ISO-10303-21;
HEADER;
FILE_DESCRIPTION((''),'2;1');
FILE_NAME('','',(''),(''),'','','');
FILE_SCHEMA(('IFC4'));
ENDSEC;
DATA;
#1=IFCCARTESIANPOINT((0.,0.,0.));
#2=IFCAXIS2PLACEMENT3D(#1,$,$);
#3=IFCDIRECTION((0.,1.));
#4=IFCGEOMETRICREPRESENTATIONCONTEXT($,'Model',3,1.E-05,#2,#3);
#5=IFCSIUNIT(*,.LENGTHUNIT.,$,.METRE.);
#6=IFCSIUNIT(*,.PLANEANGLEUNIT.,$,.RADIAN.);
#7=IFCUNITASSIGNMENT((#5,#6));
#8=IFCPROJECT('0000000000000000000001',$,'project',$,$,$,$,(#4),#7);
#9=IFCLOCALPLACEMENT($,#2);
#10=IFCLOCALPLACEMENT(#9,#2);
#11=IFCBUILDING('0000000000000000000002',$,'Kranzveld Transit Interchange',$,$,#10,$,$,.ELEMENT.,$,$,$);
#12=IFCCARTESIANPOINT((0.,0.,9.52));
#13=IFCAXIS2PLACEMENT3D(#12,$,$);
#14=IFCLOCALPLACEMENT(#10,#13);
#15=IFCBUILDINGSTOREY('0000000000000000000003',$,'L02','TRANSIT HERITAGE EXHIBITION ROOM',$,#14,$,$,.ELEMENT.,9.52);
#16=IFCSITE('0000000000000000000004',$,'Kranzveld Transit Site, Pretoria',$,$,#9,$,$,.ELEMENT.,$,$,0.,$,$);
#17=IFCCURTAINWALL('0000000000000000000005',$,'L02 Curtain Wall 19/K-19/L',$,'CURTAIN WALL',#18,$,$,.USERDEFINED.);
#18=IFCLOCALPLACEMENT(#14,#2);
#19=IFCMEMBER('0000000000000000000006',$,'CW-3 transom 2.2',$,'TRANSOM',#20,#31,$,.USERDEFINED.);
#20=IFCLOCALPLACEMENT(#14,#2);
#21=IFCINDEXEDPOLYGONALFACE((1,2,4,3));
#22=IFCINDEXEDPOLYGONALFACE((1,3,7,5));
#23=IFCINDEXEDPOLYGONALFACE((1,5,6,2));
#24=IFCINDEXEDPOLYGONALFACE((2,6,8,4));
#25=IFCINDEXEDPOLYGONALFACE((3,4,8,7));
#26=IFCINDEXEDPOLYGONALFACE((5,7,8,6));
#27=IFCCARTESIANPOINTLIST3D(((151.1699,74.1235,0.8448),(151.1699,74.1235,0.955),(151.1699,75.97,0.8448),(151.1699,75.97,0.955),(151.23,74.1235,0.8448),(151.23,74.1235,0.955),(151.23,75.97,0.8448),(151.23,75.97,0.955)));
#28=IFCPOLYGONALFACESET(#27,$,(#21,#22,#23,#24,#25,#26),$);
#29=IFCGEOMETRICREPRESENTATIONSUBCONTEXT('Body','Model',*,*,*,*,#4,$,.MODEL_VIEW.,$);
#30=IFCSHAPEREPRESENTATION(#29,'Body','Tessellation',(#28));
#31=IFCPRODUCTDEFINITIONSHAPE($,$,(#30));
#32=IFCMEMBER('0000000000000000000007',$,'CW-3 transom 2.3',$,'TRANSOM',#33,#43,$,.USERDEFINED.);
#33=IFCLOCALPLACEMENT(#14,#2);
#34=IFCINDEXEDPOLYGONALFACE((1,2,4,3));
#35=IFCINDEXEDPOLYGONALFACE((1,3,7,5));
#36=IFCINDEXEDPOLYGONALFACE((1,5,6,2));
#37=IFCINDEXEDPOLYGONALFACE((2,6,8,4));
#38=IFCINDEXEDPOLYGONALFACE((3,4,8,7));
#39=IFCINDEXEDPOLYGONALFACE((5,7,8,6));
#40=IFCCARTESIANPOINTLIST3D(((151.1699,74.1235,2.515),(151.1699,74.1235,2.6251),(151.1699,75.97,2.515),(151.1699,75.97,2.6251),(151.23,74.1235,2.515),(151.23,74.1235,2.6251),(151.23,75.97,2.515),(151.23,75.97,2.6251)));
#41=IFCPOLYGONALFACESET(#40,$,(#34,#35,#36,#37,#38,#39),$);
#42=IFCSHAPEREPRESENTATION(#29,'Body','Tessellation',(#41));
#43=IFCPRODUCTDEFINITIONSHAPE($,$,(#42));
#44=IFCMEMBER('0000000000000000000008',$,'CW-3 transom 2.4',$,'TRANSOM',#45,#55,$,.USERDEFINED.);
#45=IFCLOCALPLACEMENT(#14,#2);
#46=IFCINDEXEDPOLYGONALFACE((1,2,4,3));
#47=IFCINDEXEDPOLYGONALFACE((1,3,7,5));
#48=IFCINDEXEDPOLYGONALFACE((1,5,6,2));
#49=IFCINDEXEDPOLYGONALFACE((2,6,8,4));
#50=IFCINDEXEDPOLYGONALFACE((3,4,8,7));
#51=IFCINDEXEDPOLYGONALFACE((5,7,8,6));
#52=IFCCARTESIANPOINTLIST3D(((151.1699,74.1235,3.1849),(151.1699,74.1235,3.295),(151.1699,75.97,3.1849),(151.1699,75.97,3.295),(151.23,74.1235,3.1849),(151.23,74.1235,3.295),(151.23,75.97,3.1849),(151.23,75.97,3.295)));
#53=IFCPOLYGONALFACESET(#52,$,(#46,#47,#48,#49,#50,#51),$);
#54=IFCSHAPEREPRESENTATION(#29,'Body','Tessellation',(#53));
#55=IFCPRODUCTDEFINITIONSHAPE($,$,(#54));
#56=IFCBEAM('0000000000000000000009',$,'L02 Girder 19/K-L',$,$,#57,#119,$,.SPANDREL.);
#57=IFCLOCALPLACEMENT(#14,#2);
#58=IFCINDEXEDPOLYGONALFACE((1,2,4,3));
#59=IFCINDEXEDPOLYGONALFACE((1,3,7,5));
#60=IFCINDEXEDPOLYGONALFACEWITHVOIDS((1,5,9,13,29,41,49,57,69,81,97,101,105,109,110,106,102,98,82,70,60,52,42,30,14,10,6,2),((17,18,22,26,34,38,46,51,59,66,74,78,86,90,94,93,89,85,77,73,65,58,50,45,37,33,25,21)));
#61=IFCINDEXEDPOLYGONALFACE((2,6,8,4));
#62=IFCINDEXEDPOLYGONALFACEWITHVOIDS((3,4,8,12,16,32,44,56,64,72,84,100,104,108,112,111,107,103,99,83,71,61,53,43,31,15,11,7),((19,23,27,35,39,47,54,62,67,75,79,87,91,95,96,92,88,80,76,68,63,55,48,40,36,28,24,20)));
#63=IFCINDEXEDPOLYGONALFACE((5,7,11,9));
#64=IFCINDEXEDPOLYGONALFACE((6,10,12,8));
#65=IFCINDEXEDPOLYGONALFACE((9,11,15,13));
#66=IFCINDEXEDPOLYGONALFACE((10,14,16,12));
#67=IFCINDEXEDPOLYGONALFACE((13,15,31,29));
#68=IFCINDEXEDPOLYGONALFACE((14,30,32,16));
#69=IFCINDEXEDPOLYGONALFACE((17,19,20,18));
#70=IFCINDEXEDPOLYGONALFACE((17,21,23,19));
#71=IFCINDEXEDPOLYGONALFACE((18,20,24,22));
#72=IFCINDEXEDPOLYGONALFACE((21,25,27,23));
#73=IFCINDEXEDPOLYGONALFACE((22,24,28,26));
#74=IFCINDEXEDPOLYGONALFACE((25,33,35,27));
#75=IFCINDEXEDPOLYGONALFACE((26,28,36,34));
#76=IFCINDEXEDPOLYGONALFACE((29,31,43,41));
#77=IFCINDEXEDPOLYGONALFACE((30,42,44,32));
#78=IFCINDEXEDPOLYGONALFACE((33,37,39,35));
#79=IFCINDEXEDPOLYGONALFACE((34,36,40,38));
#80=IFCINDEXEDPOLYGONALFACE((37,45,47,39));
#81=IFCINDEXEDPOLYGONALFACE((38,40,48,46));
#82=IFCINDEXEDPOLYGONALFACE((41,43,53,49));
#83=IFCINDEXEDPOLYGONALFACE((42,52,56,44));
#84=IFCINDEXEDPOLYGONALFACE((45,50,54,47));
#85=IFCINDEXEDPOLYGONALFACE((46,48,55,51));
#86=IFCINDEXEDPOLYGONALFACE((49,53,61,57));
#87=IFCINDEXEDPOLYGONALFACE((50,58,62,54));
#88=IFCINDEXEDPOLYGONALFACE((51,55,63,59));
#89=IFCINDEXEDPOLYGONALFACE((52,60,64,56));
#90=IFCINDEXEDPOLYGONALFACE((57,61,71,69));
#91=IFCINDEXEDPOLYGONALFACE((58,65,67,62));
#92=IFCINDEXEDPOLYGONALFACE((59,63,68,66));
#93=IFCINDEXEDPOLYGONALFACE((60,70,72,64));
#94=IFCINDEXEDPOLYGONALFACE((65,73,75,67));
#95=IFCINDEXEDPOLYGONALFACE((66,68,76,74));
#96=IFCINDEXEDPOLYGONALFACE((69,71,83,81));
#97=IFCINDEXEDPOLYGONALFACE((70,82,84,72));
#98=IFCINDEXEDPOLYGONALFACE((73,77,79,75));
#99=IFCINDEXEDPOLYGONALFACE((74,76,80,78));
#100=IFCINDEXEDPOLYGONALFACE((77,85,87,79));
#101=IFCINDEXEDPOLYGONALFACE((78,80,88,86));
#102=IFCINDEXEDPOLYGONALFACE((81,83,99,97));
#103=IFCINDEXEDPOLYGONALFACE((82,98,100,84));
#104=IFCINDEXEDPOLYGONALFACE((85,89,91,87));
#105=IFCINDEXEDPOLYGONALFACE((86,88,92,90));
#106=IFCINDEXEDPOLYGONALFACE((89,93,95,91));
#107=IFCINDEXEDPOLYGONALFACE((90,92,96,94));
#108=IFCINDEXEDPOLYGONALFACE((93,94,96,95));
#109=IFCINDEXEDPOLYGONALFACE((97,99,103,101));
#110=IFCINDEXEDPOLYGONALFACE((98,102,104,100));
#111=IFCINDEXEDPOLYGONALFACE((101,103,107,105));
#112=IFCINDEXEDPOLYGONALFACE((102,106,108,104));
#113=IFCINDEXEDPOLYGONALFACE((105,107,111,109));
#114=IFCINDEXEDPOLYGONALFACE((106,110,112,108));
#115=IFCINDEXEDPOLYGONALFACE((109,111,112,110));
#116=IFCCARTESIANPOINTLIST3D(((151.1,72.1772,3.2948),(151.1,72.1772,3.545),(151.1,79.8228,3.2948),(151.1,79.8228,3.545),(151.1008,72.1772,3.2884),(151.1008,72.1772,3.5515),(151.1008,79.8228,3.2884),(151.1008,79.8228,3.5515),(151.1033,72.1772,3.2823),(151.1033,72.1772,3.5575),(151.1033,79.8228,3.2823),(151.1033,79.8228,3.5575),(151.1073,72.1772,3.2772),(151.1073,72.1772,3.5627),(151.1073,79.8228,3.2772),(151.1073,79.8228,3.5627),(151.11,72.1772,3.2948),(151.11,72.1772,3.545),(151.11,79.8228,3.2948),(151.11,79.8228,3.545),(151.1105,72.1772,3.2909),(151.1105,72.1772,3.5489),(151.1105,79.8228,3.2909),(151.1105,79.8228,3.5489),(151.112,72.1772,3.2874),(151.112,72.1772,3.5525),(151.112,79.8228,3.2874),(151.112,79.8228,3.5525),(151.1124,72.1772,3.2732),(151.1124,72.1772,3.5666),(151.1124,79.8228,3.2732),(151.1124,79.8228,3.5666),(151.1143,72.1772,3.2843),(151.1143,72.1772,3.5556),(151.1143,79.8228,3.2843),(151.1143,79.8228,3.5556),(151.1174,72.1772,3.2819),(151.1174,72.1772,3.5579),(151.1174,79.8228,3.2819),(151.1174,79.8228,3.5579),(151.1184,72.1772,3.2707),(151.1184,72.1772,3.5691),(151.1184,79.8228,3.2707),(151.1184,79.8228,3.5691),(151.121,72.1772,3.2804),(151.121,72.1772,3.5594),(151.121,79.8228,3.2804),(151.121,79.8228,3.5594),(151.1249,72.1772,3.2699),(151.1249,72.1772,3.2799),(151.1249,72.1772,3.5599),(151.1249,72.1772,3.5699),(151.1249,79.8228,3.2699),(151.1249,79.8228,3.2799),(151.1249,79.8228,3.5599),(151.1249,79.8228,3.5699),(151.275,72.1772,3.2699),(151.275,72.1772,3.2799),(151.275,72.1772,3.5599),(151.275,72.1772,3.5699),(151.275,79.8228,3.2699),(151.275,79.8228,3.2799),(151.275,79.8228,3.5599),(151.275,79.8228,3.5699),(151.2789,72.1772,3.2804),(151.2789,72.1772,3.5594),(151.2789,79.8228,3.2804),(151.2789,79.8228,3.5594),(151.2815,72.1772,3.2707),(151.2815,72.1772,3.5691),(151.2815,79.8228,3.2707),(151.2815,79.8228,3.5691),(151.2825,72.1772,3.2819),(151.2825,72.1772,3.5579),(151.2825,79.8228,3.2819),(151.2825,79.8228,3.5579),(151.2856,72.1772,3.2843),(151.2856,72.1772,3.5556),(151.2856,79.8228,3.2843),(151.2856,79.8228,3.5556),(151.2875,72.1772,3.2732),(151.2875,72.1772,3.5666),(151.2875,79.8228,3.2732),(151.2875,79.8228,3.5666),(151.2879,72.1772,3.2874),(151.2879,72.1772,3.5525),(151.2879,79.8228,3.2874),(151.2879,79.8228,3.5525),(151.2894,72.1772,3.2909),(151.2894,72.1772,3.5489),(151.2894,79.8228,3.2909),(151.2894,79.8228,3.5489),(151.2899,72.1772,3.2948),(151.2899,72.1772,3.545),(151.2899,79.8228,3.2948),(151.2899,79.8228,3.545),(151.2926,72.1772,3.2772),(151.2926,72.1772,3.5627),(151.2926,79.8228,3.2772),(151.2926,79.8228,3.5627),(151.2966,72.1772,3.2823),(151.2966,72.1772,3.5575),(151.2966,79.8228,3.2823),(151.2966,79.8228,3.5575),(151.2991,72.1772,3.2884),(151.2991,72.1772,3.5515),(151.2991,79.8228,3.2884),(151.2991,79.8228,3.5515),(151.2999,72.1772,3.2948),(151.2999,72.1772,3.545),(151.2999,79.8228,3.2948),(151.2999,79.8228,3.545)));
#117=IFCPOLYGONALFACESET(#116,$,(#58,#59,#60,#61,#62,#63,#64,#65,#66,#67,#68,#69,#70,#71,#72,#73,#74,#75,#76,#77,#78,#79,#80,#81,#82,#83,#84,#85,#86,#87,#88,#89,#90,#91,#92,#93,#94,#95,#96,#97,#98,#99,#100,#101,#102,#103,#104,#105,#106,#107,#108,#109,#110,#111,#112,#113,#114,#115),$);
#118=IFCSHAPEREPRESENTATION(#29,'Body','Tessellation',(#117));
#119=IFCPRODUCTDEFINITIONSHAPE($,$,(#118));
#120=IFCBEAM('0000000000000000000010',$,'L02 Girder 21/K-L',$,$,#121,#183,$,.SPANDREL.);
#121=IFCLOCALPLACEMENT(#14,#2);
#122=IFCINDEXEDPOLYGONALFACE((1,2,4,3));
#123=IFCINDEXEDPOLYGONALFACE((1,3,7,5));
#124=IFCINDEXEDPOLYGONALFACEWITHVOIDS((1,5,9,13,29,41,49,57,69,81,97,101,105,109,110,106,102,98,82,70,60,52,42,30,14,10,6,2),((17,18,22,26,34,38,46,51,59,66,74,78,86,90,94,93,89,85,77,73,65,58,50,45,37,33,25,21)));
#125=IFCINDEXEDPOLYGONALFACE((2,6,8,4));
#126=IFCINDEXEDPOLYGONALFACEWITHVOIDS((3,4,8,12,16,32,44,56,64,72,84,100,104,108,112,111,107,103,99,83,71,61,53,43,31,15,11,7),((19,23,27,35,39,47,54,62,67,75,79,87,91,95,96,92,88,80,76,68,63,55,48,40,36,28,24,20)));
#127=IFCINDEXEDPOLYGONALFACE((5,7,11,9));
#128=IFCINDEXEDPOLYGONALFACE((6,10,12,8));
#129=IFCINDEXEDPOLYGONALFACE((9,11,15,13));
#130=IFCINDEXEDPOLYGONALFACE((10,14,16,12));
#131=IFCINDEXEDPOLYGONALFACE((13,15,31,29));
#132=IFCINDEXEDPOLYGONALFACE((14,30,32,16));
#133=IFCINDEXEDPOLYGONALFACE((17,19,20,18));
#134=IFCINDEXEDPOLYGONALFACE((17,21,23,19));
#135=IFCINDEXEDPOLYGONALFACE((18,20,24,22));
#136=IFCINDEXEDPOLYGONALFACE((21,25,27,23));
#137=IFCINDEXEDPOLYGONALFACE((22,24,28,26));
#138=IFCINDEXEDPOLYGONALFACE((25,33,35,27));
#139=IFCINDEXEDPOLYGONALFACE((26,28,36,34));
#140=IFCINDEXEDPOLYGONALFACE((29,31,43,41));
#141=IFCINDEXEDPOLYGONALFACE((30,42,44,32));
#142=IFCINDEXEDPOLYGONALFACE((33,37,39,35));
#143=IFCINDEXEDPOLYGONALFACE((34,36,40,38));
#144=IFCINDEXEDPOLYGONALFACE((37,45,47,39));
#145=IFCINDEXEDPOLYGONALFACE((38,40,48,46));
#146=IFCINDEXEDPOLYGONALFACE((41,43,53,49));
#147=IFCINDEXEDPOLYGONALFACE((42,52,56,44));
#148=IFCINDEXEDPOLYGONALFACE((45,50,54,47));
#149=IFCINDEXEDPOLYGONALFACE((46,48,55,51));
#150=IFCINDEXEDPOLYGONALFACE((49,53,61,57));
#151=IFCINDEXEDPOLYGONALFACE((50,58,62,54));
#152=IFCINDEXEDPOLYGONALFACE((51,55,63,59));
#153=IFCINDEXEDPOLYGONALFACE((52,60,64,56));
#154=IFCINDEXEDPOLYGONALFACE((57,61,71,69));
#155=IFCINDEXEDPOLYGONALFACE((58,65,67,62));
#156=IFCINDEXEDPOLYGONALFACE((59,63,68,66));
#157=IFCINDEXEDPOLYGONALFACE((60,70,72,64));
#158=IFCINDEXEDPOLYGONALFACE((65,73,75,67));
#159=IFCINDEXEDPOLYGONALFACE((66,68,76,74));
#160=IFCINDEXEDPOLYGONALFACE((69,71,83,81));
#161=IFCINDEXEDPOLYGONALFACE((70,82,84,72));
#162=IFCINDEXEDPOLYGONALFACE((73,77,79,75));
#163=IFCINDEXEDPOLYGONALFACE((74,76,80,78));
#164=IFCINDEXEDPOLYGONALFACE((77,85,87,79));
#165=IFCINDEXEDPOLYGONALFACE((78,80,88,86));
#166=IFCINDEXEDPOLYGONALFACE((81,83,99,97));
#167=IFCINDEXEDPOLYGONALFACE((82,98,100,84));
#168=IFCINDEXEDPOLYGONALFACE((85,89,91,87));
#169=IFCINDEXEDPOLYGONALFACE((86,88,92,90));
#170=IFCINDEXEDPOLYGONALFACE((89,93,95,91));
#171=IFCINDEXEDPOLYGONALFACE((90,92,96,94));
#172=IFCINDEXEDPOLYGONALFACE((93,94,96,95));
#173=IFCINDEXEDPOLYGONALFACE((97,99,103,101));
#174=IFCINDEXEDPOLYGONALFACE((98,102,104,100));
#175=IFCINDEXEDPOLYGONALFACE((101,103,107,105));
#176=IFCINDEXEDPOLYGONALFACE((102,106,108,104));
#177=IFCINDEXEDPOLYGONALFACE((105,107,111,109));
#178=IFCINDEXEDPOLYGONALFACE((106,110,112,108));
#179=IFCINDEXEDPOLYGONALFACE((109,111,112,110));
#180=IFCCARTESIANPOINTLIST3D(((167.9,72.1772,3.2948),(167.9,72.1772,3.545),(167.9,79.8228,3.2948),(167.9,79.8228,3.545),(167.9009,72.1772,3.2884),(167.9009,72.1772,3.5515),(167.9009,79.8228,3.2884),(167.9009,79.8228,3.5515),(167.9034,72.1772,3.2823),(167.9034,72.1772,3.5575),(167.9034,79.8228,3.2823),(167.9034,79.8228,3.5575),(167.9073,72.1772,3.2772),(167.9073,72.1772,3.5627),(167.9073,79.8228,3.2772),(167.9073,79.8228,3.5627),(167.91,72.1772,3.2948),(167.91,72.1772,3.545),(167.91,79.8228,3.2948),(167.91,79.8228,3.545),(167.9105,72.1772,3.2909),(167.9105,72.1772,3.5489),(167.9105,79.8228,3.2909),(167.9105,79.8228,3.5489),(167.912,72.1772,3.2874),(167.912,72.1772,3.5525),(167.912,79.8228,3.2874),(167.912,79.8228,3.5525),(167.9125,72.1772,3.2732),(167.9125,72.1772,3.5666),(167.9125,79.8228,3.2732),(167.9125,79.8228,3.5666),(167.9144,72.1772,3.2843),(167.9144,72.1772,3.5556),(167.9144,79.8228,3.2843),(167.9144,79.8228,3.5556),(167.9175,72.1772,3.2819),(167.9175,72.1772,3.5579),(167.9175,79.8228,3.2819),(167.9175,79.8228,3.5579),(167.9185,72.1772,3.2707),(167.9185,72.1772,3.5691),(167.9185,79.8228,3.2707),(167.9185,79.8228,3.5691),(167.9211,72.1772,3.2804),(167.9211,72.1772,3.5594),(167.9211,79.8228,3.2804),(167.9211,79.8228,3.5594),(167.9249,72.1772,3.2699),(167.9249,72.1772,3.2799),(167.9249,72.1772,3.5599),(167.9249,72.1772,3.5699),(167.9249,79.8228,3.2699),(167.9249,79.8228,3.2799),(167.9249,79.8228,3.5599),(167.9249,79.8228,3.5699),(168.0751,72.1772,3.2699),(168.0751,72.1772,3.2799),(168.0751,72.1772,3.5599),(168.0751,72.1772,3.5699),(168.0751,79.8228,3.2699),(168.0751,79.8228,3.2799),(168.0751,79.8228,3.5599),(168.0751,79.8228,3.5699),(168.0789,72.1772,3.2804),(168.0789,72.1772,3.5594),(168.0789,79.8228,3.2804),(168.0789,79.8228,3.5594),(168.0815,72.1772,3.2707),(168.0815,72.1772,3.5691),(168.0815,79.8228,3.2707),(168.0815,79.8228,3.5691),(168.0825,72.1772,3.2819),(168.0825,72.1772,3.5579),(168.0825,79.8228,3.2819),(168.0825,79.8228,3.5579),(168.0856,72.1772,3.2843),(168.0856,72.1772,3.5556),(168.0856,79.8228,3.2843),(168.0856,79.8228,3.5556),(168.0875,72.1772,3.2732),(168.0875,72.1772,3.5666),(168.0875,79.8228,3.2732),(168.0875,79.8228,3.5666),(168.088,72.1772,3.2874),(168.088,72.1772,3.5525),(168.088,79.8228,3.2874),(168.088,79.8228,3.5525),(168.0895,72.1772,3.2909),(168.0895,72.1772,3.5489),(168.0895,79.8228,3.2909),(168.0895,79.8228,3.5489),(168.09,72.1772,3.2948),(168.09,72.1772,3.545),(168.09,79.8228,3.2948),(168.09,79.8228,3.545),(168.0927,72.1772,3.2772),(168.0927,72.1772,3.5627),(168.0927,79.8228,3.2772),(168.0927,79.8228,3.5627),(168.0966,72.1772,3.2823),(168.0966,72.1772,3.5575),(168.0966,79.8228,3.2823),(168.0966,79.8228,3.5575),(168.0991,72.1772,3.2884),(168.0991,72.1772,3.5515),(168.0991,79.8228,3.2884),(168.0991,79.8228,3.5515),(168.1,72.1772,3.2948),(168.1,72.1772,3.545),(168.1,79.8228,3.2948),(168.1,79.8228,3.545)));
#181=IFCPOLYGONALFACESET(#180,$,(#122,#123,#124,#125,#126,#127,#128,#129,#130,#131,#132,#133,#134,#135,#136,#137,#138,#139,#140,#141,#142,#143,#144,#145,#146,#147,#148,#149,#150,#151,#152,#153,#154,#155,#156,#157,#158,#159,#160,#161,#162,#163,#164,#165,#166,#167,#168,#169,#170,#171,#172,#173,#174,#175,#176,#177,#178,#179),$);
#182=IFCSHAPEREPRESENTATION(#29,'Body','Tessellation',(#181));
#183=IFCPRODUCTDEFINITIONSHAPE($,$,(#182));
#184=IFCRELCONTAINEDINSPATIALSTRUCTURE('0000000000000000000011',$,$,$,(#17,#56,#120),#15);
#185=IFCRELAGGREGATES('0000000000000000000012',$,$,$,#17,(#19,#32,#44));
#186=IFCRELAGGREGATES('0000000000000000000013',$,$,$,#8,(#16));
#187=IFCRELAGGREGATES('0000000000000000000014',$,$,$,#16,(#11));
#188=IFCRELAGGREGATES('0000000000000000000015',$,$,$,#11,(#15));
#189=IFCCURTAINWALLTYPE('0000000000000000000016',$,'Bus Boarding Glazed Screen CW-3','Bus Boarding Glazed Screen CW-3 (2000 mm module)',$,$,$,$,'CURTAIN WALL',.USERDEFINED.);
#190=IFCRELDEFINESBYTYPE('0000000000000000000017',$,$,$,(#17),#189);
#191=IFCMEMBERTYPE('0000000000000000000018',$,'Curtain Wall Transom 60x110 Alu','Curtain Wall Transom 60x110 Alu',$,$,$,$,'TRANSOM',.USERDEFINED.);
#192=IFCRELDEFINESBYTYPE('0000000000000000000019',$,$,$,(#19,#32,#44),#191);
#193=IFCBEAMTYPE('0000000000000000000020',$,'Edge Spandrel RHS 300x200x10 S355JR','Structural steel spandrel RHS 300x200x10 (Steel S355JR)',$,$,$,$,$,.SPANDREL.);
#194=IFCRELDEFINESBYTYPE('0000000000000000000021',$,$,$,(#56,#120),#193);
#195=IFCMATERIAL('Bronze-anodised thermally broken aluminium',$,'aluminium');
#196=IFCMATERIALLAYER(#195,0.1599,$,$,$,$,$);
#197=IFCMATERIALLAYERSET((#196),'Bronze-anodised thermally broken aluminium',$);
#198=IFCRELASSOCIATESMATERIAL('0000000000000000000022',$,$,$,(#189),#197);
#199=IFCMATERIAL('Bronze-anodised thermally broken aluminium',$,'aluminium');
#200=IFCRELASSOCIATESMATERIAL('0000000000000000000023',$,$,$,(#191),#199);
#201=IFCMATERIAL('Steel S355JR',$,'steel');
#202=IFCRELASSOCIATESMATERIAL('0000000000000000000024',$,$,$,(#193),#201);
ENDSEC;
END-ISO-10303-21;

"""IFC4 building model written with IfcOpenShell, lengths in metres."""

from ifc_helpers import new_model, si_unit, direction, frame, origin, origin_2d, place, context, subcontext, project, spatial, rectangle, hollow_rectangle, extrude, material, layer, layer_set, material_profile, profile_set, type_object, element, aggregate, save


model = new_model("IFC4")

# Units and contexts
model_context = context("Model", 3, precision=1e-05, world=origin(), true_north=direction((0.0, 1.0)))
body_context = subcontext(model_context, "Body", "Model", "MODEL_VIEW")
ifc_project = project(units=[si_unit("LENGTHUNIT", "METRE"), si_unit("PLANEANGLEUNIT", "RADIAN")], contexts=[model_context])

# Site, building, storey
site_placement = place(None, origin())
site = spatial("IfcSite", under=ifc_project, at=site_placement, Name="Kranzveld Transit Site, Pretoria", CompositionType="ELEMENT", RefElevation=0.0)
building_placement = place(site_placement, origin())
building = spatial("IfcBuilding", under=site, at=building_placement, Name="Kranzveld Transit Interchange", CompositionType="ELEMENT")
storey_placement = place(building_placement, frame((0.0, 0.0, 9.52)))
storey = spatial("IfcBuildingStorey", under=building, at=storey_placement, Name="L02", Description="TRANSIT HERITAGE EXHIBITION ROOM", CompositionType="ELEMENT", Elevation=9.52)

# Curtain wall, members
ifc_material_1 = material(Name="Bronze-anodised thermally broken aluminium", Category="aluminium")
ifc_layer_1 = layer(ifc_material_1, 0.1599)
ifc_layer_set_1 = layer_set([ifc_layer_1], Name="Bronze-anodised thermally broken aluminium")
curtain_wall_type = type_object("IfcCurtainWallType", Name="Bus Boarding Glazed Screen CW-3", Description="Bus Boarding Glazed Screen CW-3 (2000 mm module)", ElementType="CURTAIN WALL", PredefinedType="USERDEFINED", material=ifc_layer_set_1)
curtain_wall_placement = place(storey_placement, origin())
curtain_wall = element("IfcCurtainWall", 1, at=curtain_wall_placement, inside=storey, type_object=curtain_wall_type, Name="L02 Curtain Wall 19/K-19/L", ObjectType="CURTAIN WALL", PredefinedType="USERDEFINED")
ifc_material_2 = material(Name="Bronze-anodised thermally broken aluminium", Category="aluminium")
ifc_material_profile_1 = material_profile(ifc_material_2, rectangle(XDim=0.0601, YDim=0.1101, at=origin_2d()), Name="ALU TRANSOM 60x110")
ifc_profile_set_1 = profile_set([ifc_material_profile_1], Name="Bronze-anodised thermally broken aluminium")
member_type_1 = type_object("IfcMemberType", Name="Curtain Wall Transom 60x110 Alu", Description="Curtain Wall Transom 60x110 Alu", ElementType="TRANSOM", PredefinedType="USERDEFINED", material=ifc_profile_set_1)
member_1_placement = place(storey_placement, frame((151.2, 74.1235, 0.8999), z_axis=(0.0, 1.0, 0.0), x_axis=(-1.0, 0.0, 0.0)))
member_1 = element("IfcMember", 2, at=member_1_placement, type_object=member_type_1, Name="CW-3 transom 2.2", ObjectType="TRANSOM", PredefinedType="USERDEFINED", context=body_context, shape_type="SweptSolid", body=[
    extrude(rectangle(XDim=0.0601, YDim=0.1101, at=origin_2d()), origin(), (0.0, 0.0, 1.0), 1.8464),
])
member_2_placement = place(storey_placement, frame((151.2, 74.1235, 2.5701), z_axis=(0.0, 1.0, 0.0), x_axis=(-1.0, 0.0, 0.0)))
member_2 = element("IfcMember", 3, at=member_2_placement, type_object=member_type_1, Name="CW-3 transom 2.3", ObjectType="TRANSOM", PredefinedType="USERDEFINED", context=body_context, shape_type="SweptSolid", body=[
    extrude(rectangle(XDim=0.0601, YDim=0.1101, at=origin_2d()), origin(), (0.0, 0.0, 1.0), 1.8464),
])
member_3_placement = place(storey_placement, frame((151.2, 74.1235, 3.24), z_axis=(0.0, 1.0, 0.0), x_axis=(-1.0, 0.0, 0.0)))
member_3 = element("IfcMember", 4, at=member_3_placement, type_object=member_type_1, Name="CW-3 transom 2.4", ObjectType="TRANSOM", PredefinedType="USERDEFINED", context=body_context, shape_type="SweptSolid", body=[
    extrude(rectangle(XDim=0.0601, YDim=0.1101, at=origin_2d()), origin(), (0.0, 0.0, 1.0), 1.8464),
])

# Beams
ifc_material_3 = material(Name="Steel S355JR", Category="steel")
ifc_material_profile_2 = material_profile(ifc_material_3, hollow_rectangle(XDim=0.2, YDim=0.3, WallThickness=0.01, InnerFilletRadius=0.0149, OuterFilletRadius=0.0249, at=origin_2d()), Name="RHS 300x200x10")
ifc_profile_set_2 = profile_set([ifc_material_profile_2], Name="Steel S355JR")
beam_type_1 = type_object("IfcBeamType", Name="Edge Spandrel RHS 300x200x10 S355JR", Description="Structural steel spandrel RHS 300x200x10 (Steel S355JR)", PredefinedType="SPANDREL", material=ifc_profile_set_2)
for number, where, z_axis, x_axis, name in (
    (5, (151.2, 72.1772, 3.4199), (0.0, 1.0, 0.0), (-1.0, 0.0, 0.0), "L02 Girder 19/K-L"),
    (6, (168.0, 72.1772, 3.4199), (0.0, 1.0, 0.0), (-1.0, 0.0, 0.0), "L02 Girder 21/K-L"),
):
    element("IfcBeam", number, at=place(storey_placement, frame(where, z_axis=z_axis, x_axis=x_axis)), inside=storey, type_object=beam_type_1, Name=name, PredefinedType="SPANDREL", context=body_context, shape_type="SweptSolid", body=[
        extrude(hollow_rectangle(XDim=0.2, YDim=0.3, WallThickness=0.01, InnerFilletRadius=0.0149, OuterFilletRadius=0.0249, at=origin_2d()), origin(), (0.0, 0.0, 1.0), 7.6455),
    ])

aggregate(curtain_wall, [member_1, member_2, member_3])

save(model, "model.ifc")
